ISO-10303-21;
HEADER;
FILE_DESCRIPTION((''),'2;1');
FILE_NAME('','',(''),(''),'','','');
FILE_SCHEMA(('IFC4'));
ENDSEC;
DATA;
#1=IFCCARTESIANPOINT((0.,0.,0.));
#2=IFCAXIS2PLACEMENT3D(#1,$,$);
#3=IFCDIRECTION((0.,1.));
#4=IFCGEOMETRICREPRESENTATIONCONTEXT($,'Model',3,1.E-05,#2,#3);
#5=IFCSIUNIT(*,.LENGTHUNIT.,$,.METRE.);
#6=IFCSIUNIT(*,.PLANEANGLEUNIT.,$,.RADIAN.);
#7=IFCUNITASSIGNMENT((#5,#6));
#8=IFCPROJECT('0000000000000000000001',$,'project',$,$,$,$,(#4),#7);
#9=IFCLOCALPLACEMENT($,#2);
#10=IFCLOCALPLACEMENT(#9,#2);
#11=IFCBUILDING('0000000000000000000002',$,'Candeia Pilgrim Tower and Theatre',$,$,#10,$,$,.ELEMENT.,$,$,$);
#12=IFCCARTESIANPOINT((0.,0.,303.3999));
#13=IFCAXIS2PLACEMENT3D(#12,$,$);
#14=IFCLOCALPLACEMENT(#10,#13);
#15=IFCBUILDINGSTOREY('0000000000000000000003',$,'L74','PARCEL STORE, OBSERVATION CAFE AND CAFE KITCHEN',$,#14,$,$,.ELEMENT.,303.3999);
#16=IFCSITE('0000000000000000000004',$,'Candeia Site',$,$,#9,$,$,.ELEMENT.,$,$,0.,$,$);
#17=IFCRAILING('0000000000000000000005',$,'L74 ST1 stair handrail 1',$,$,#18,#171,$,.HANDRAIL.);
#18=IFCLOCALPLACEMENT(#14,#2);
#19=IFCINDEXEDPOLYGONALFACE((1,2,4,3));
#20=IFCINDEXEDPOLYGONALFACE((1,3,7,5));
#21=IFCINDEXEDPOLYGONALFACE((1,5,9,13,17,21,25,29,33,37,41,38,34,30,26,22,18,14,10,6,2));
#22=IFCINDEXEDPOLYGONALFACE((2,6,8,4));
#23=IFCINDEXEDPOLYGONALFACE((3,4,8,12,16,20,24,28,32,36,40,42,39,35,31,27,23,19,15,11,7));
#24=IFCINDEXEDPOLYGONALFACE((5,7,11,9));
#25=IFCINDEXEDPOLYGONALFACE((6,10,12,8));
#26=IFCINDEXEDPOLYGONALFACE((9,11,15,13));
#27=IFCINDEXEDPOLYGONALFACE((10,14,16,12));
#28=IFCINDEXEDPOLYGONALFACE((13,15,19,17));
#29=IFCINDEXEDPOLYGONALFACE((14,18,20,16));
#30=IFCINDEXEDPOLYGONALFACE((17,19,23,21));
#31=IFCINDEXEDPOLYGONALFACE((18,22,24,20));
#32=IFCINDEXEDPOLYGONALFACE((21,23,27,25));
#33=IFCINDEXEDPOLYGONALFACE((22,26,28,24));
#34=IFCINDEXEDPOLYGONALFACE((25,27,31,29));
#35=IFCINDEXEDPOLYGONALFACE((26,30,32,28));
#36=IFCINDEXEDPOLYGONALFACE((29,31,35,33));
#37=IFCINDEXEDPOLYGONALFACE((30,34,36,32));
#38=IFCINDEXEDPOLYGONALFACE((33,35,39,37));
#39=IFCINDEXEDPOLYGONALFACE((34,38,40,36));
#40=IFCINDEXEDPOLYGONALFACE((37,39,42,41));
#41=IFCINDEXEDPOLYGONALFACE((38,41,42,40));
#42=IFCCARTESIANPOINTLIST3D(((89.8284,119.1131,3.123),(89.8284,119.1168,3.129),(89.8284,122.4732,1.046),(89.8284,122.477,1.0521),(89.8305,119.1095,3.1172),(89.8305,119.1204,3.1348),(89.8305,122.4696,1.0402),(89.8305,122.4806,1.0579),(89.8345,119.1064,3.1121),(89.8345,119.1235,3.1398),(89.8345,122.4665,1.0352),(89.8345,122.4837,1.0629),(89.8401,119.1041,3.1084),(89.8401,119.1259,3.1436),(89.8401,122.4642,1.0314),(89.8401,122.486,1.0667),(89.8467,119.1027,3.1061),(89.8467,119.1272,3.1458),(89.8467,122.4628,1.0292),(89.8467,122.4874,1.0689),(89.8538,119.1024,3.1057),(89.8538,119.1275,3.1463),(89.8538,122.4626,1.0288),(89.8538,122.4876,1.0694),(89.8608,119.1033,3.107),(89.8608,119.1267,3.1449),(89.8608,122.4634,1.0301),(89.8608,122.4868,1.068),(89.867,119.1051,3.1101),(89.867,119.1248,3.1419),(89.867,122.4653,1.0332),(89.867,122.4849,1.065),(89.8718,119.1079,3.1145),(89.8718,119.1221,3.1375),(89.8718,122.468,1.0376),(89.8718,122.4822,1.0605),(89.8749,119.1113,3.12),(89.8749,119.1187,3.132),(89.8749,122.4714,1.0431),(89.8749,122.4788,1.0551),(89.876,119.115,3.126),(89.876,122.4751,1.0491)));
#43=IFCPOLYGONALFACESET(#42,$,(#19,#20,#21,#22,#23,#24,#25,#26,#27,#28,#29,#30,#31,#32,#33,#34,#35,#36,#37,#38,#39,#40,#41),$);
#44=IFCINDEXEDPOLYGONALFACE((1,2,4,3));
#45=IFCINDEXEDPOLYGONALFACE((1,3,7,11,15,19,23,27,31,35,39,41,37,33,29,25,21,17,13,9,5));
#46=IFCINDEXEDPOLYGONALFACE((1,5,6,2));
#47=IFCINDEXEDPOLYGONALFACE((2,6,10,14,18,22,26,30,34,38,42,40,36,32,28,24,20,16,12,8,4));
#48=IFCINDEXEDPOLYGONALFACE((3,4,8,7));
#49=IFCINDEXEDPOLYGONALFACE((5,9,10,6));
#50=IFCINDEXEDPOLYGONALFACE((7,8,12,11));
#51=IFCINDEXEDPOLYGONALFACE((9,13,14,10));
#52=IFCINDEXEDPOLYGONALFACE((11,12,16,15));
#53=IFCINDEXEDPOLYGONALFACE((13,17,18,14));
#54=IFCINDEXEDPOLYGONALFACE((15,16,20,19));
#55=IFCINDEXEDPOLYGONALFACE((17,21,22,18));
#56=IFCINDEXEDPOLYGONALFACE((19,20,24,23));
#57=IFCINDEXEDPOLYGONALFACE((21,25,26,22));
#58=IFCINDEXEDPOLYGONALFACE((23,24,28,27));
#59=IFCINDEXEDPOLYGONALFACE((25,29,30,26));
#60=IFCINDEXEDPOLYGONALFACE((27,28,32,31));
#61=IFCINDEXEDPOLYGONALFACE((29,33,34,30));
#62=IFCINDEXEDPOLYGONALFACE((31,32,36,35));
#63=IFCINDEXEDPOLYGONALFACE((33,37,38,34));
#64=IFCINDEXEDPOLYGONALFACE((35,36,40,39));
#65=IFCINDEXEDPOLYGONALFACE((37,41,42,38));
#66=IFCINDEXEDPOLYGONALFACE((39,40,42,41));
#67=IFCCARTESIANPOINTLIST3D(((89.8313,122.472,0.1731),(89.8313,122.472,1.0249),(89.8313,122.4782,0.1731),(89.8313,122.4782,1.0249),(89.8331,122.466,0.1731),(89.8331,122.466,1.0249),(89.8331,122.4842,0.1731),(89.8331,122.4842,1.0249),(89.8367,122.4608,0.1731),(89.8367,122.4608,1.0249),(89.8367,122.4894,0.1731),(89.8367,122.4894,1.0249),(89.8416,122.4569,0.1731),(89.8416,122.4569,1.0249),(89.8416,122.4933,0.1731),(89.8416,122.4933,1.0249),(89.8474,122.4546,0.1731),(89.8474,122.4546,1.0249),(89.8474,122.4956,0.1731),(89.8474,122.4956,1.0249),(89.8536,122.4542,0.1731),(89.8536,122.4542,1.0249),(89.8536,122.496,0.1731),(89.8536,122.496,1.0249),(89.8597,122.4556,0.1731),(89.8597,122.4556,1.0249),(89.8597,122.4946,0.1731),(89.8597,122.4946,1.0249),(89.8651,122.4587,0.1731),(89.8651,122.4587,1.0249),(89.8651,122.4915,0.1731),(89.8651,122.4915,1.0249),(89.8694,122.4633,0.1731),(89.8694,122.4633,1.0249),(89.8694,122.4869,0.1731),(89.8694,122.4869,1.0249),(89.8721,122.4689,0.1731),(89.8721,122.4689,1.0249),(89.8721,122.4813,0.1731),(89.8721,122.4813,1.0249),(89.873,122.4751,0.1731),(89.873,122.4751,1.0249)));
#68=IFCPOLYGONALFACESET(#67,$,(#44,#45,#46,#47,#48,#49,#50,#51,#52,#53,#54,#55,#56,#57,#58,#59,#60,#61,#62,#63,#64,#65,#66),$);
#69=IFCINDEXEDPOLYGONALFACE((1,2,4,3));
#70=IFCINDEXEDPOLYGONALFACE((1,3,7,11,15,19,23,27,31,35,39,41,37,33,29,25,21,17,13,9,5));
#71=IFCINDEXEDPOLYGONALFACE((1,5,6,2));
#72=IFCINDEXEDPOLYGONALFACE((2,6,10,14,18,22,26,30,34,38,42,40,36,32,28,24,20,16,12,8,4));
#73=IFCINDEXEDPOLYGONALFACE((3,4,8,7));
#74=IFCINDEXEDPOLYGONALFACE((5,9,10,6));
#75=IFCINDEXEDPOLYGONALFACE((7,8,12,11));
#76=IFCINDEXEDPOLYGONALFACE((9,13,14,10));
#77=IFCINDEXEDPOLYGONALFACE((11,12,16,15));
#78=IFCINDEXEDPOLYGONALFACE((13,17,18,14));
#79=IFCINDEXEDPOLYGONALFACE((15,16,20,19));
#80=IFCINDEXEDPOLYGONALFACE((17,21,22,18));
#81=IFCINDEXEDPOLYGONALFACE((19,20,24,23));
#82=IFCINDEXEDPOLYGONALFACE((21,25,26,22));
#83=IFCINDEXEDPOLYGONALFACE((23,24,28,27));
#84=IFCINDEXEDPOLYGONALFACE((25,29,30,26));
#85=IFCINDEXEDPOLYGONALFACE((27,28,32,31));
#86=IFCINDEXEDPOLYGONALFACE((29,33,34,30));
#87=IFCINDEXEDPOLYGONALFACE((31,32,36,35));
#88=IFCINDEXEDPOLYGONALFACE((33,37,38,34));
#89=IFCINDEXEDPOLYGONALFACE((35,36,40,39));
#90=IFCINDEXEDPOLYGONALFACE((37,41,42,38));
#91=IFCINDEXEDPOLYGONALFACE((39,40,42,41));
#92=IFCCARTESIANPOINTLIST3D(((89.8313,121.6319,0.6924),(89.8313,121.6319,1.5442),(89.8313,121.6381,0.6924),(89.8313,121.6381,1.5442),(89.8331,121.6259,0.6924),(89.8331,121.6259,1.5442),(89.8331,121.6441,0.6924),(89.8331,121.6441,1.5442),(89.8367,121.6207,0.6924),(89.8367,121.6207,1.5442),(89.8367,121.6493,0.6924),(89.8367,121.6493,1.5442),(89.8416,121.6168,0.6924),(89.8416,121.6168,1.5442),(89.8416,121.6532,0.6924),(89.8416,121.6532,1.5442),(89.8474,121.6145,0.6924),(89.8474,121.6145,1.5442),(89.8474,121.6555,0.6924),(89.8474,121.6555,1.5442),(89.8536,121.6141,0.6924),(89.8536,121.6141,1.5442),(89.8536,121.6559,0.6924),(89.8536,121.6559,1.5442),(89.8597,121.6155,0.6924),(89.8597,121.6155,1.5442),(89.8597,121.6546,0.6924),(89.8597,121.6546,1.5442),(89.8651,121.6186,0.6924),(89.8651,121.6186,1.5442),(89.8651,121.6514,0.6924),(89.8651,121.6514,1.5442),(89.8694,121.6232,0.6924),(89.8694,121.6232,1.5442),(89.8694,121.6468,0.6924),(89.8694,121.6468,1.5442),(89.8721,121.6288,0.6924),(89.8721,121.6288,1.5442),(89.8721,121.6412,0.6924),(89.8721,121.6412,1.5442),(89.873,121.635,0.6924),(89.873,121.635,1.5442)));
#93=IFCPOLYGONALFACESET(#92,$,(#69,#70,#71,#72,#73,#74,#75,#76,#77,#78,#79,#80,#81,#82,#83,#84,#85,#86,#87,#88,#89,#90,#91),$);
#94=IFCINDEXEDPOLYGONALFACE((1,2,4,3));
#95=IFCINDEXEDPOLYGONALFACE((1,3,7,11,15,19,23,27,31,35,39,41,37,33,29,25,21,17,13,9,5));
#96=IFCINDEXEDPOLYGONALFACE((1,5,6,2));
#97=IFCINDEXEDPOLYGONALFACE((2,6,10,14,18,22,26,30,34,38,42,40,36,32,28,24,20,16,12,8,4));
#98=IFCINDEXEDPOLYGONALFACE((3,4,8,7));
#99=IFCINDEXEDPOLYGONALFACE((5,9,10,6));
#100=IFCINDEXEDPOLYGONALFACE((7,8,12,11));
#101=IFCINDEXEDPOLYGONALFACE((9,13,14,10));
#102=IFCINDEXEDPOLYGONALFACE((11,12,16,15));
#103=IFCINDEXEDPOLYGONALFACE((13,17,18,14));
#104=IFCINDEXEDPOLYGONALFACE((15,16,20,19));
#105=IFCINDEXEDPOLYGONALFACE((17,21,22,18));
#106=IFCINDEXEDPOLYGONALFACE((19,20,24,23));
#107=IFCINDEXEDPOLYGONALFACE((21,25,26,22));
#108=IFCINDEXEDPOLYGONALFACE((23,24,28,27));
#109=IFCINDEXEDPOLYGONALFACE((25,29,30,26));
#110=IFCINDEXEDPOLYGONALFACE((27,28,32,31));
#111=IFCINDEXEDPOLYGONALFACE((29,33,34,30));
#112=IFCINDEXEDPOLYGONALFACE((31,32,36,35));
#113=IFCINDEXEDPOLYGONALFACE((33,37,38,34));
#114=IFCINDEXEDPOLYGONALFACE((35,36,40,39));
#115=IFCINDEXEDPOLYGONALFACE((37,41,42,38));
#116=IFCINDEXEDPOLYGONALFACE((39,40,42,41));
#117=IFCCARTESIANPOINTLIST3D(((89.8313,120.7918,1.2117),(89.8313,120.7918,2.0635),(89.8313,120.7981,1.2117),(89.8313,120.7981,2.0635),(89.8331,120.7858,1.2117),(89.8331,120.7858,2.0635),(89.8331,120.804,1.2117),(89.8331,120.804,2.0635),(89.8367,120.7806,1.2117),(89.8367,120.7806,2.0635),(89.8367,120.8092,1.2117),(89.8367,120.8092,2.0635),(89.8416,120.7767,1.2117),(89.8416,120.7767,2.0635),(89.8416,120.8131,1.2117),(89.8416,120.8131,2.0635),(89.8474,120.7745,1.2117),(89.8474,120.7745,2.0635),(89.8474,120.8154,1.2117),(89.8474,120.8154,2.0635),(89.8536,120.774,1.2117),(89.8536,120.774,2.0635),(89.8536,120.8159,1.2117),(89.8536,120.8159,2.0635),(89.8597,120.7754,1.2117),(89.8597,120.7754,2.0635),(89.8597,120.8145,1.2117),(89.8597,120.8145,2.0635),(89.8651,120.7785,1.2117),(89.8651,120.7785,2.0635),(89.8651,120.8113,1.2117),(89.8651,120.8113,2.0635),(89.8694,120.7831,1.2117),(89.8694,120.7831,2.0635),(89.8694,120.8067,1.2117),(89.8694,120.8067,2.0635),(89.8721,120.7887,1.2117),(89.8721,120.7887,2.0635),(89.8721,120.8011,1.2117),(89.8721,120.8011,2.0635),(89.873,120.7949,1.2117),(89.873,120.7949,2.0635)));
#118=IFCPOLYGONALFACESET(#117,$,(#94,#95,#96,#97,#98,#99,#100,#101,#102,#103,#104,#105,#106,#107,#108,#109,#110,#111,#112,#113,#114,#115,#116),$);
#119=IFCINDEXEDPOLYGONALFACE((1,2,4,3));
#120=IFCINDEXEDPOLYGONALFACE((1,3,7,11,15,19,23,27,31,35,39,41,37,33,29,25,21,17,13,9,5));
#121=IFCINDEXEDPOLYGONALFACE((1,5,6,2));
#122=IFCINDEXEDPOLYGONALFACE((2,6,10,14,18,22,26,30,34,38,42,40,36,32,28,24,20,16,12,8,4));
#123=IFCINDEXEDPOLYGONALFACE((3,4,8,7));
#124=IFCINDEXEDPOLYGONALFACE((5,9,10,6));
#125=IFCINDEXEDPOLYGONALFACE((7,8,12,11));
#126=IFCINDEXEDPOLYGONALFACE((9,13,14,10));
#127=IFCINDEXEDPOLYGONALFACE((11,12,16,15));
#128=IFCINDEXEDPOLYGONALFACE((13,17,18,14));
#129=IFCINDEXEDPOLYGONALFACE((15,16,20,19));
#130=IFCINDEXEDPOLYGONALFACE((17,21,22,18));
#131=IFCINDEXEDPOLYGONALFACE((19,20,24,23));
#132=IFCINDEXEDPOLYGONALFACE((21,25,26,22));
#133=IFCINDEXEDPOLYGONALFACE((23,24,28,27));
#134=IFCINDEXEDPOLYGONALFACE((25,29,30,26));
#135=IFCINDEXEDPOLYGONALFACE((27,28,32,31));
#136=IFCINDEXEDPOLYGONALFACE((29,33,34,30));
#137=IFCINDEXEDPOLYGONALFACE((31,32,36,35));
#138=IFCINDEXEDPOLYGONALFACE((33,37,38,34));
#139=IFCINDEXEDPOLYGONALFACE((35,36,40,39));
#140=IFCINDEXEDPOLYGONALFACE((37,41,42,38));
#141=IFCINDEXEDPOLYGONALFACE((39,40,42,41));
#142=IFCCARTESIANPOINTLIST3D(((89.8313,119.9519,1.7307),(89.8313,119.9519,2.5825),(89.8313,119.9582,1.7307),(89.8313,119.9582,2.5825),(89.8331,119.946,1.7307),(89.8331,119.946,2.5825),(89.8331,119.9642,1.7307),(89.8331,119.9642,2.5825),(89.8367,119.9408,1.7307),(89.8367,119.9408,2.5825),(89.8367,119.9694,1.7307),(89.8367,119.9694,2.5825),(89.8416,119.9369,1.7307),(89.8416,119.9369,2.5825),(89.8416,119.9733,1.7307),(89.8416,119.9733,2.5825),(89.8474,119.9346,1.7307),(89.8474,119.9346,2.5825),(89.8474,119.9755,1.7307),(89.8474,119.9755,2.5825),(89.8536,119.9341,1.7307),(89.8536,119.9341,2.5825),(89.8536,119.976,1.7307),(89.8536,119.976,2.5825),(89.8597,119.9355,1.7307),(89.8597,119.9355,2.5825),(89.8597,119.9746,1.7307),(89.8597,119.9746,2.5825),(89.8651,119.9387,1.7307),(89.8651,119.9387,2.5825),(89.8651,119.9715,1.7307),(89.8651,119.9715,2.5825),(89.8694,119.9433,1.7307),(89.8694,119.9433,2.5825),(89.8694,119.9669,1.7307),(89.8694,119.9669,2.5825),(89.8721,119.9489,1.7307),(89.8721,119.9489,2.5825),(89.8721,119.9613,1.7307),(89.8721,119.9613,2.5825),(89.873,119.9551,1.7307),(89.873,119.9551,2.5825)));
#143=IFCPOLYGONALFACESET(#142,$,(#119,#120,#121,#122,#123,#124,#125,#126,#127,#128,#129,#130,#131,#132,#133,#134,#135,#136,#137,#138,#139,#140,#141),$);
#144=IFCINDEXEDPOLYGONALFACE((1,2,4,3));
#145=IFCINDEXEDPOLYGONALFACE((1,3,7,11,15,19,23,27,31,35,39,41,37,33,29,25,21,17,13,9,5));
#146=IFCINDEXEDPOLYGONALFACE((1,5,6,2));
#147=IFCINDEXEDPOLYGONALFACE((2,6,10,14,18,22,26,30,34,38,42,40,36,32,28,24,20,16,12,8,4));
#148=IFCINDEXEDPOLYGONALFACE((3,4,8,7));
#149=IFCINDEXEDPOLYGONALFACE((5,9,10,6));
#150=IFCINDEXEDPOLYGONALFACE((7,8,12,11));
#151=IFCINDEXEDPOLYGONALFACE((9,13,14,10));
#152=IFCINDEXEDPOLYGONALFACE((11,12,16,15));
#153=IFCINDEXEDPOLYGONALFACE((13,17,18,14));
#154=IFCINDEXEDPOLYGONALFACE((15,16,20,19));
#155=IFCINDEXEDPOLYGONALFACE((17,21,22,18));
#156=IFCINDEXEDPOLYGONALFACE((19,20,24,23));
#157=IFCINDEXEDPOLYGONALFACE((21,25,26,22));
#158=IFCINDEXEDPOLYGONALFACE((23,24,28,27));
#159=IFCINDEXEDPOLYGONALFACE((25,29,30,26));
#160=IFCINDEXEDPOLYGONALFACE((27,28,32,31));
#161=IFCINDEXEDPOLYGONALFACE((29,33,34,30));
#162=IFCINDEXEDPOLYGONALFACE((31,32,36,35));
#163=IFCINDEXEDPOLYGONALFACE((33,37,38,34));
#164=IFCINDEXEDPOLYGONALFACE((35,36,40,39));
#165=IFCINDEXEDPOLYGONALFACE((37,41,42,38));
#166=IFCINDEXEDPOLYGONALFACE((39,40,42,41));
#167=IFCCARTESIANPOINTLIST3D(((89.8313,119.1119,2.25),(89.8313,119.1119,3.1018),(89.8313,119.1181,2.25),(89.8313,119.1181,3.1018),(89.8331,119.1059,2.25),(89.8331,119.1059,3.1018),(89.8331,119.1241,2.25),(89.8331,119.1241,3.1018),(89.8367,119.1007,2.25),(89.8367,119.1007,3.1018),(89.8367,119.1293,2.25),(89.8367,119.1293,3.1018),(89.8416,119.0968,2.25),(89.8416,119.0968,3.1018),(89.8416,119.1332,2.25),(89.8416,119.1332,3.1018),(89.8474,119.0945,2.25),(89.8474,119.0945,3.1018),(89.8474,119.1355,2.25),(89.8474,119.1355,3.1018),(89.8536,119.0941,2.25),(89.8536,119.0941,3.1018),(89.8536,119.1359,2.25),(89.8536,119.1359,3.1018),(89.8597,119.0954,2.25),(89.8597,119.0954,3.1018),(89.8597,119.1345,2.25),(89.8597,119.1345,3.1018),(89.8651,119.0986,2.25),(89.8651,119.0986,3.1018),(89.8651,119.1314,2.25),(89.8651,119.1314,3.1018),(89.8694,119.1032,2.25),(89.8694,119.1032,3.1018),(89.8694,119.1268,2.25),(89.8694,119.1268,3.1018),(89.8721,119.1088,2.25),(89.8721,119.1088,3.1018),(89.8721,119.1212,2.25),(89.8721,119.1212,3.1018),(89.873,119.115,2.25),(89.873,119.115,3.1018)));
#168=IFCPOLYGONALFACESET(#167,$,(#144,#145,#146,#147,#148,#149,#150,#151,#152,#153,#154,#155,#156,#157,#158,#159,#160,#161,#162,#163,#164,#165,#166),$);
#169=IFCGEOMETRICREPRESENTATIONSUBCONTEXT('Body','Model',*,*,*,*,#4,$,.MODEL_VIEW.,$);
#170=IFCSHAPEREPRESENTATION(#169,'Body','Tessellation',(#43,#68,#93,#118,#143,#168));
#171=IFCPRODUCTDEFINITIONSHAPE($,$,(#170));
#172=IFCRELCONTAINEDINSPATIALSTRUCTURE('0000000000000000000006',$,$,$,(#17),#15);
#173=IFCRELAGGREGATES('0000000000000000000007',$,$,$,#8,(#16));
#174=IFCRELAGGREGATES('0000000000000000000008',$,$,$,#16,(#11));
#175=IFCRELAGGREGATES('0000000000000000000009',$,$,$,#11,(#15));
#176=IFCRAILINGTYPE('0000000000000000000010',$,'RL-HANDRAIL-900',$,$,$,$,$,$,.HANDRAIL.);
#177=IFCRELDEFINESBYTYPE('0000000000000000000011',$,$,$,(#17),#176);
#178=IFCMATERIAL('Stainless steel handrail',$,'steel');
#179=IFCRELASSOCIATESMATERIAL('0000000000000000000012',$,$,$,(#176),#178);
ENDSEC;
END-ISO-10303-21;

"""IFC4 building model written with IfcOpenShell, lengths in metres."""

from ifc_helpers import new_model, si_unit, direction, frame, origin, origin_2d, place, context, subcontext, project, spatial, circle, extrude, material, type_object, element, save


model = new_model("IFC4")

# Units and contexts
model_context = context("Model", 3, precision=1e-05, world=origin(), true_north=direction((0.0, 1.0)))
body_context = subcontext(model_context, "Body", "Model", "MODEL_VIEW")
ifc_project = project(units=[si_unit("LENGTHUNIT", "METRE"), si_unit("PLANEANGLEUNIT", "RADIAN")], contexts=[model_context])

# Site, building, storey
site_placement = place(None, origin())
site = spatial("IfcSite", under=ifc_project, at=site_placement, Name="Candeia Site", CompositionType="ELEMENT", RefElevation=0.0)
building_placement = place(site_placement, origin())
building = spatial("IfcBuilding", under=site, at=building_placement, Name="Candeia Pilgrim Tower and Theatre", CompositionType="ELEMENT")
storey_placement = place(building_placement, frame((0.0, 0.0, 303.3999)))
storey = spatial("IfcBuildingStorey", under=building, at=storey_placement, Name="L74", Description="PARCEL STORE, OBSERVATION CAFE AND CAFE KITCHEN", CompositionType="ELEMENT", Elevation=303.3999)

# Railing
ifc_material_1 = material(Name="Stainless steel handrail", Category="steel")
railing_type_1 = type_object("IfcRailingType", Name="RL-HANDRAIL-900", PredefinedType="HANDRAIL", material=ifc_material_1)
railing_1_placement = place(storey_placement, frame((89.8521, 122.4751, 0.1731)))
element("IfcRailing", 1, at=railing_1_placement, inside=storey, type_object=railing_type_1, Name="L74 ST1 stair handrail 1", PredefinedType="HANDRAIL", context=body_context, shape_type="SweptSolid", body=[
    extrude(circle(Radius=0.0239, at=origin_2d()), frame((0.0, 0.0, 0.876), z_axis=(0.0, -0.850623, 0.525776), x_axis=(1.0, 0.0, 0.0)), (0.0, 0.0, 1.0), 3.9502),
    extrude(circle(Radius=0.021, at=origin_2d()), origin(), (0.0, 0.0, 1.0), 0.8518),
    extrude(circle(Radius=0.021, at=origin_2d()), frame((0.0, -0.8401, 0.5193)), (0.0, 0.0, 1.0), 0.8518),
    extrude(circle(Radius=0.021, at=origin_2d()), frame((0.0, -1.6802, 1.0386)), (0.0, 0.0, 1.0), 0.8518),
    extrude(circle(Radius=0.021, at=origin_2d()), frame((0.0, -2.52, 1.5576)), (0.0, 0.0, 1.0), 0.8518),
    extrude(circle(Radius=0.021, at=origin_2d()), frame((0.0, -3.3601, 2.0769)), (0.0, 0.0, 1.0), 0.8518),
])

save(model, "model.ifc")
